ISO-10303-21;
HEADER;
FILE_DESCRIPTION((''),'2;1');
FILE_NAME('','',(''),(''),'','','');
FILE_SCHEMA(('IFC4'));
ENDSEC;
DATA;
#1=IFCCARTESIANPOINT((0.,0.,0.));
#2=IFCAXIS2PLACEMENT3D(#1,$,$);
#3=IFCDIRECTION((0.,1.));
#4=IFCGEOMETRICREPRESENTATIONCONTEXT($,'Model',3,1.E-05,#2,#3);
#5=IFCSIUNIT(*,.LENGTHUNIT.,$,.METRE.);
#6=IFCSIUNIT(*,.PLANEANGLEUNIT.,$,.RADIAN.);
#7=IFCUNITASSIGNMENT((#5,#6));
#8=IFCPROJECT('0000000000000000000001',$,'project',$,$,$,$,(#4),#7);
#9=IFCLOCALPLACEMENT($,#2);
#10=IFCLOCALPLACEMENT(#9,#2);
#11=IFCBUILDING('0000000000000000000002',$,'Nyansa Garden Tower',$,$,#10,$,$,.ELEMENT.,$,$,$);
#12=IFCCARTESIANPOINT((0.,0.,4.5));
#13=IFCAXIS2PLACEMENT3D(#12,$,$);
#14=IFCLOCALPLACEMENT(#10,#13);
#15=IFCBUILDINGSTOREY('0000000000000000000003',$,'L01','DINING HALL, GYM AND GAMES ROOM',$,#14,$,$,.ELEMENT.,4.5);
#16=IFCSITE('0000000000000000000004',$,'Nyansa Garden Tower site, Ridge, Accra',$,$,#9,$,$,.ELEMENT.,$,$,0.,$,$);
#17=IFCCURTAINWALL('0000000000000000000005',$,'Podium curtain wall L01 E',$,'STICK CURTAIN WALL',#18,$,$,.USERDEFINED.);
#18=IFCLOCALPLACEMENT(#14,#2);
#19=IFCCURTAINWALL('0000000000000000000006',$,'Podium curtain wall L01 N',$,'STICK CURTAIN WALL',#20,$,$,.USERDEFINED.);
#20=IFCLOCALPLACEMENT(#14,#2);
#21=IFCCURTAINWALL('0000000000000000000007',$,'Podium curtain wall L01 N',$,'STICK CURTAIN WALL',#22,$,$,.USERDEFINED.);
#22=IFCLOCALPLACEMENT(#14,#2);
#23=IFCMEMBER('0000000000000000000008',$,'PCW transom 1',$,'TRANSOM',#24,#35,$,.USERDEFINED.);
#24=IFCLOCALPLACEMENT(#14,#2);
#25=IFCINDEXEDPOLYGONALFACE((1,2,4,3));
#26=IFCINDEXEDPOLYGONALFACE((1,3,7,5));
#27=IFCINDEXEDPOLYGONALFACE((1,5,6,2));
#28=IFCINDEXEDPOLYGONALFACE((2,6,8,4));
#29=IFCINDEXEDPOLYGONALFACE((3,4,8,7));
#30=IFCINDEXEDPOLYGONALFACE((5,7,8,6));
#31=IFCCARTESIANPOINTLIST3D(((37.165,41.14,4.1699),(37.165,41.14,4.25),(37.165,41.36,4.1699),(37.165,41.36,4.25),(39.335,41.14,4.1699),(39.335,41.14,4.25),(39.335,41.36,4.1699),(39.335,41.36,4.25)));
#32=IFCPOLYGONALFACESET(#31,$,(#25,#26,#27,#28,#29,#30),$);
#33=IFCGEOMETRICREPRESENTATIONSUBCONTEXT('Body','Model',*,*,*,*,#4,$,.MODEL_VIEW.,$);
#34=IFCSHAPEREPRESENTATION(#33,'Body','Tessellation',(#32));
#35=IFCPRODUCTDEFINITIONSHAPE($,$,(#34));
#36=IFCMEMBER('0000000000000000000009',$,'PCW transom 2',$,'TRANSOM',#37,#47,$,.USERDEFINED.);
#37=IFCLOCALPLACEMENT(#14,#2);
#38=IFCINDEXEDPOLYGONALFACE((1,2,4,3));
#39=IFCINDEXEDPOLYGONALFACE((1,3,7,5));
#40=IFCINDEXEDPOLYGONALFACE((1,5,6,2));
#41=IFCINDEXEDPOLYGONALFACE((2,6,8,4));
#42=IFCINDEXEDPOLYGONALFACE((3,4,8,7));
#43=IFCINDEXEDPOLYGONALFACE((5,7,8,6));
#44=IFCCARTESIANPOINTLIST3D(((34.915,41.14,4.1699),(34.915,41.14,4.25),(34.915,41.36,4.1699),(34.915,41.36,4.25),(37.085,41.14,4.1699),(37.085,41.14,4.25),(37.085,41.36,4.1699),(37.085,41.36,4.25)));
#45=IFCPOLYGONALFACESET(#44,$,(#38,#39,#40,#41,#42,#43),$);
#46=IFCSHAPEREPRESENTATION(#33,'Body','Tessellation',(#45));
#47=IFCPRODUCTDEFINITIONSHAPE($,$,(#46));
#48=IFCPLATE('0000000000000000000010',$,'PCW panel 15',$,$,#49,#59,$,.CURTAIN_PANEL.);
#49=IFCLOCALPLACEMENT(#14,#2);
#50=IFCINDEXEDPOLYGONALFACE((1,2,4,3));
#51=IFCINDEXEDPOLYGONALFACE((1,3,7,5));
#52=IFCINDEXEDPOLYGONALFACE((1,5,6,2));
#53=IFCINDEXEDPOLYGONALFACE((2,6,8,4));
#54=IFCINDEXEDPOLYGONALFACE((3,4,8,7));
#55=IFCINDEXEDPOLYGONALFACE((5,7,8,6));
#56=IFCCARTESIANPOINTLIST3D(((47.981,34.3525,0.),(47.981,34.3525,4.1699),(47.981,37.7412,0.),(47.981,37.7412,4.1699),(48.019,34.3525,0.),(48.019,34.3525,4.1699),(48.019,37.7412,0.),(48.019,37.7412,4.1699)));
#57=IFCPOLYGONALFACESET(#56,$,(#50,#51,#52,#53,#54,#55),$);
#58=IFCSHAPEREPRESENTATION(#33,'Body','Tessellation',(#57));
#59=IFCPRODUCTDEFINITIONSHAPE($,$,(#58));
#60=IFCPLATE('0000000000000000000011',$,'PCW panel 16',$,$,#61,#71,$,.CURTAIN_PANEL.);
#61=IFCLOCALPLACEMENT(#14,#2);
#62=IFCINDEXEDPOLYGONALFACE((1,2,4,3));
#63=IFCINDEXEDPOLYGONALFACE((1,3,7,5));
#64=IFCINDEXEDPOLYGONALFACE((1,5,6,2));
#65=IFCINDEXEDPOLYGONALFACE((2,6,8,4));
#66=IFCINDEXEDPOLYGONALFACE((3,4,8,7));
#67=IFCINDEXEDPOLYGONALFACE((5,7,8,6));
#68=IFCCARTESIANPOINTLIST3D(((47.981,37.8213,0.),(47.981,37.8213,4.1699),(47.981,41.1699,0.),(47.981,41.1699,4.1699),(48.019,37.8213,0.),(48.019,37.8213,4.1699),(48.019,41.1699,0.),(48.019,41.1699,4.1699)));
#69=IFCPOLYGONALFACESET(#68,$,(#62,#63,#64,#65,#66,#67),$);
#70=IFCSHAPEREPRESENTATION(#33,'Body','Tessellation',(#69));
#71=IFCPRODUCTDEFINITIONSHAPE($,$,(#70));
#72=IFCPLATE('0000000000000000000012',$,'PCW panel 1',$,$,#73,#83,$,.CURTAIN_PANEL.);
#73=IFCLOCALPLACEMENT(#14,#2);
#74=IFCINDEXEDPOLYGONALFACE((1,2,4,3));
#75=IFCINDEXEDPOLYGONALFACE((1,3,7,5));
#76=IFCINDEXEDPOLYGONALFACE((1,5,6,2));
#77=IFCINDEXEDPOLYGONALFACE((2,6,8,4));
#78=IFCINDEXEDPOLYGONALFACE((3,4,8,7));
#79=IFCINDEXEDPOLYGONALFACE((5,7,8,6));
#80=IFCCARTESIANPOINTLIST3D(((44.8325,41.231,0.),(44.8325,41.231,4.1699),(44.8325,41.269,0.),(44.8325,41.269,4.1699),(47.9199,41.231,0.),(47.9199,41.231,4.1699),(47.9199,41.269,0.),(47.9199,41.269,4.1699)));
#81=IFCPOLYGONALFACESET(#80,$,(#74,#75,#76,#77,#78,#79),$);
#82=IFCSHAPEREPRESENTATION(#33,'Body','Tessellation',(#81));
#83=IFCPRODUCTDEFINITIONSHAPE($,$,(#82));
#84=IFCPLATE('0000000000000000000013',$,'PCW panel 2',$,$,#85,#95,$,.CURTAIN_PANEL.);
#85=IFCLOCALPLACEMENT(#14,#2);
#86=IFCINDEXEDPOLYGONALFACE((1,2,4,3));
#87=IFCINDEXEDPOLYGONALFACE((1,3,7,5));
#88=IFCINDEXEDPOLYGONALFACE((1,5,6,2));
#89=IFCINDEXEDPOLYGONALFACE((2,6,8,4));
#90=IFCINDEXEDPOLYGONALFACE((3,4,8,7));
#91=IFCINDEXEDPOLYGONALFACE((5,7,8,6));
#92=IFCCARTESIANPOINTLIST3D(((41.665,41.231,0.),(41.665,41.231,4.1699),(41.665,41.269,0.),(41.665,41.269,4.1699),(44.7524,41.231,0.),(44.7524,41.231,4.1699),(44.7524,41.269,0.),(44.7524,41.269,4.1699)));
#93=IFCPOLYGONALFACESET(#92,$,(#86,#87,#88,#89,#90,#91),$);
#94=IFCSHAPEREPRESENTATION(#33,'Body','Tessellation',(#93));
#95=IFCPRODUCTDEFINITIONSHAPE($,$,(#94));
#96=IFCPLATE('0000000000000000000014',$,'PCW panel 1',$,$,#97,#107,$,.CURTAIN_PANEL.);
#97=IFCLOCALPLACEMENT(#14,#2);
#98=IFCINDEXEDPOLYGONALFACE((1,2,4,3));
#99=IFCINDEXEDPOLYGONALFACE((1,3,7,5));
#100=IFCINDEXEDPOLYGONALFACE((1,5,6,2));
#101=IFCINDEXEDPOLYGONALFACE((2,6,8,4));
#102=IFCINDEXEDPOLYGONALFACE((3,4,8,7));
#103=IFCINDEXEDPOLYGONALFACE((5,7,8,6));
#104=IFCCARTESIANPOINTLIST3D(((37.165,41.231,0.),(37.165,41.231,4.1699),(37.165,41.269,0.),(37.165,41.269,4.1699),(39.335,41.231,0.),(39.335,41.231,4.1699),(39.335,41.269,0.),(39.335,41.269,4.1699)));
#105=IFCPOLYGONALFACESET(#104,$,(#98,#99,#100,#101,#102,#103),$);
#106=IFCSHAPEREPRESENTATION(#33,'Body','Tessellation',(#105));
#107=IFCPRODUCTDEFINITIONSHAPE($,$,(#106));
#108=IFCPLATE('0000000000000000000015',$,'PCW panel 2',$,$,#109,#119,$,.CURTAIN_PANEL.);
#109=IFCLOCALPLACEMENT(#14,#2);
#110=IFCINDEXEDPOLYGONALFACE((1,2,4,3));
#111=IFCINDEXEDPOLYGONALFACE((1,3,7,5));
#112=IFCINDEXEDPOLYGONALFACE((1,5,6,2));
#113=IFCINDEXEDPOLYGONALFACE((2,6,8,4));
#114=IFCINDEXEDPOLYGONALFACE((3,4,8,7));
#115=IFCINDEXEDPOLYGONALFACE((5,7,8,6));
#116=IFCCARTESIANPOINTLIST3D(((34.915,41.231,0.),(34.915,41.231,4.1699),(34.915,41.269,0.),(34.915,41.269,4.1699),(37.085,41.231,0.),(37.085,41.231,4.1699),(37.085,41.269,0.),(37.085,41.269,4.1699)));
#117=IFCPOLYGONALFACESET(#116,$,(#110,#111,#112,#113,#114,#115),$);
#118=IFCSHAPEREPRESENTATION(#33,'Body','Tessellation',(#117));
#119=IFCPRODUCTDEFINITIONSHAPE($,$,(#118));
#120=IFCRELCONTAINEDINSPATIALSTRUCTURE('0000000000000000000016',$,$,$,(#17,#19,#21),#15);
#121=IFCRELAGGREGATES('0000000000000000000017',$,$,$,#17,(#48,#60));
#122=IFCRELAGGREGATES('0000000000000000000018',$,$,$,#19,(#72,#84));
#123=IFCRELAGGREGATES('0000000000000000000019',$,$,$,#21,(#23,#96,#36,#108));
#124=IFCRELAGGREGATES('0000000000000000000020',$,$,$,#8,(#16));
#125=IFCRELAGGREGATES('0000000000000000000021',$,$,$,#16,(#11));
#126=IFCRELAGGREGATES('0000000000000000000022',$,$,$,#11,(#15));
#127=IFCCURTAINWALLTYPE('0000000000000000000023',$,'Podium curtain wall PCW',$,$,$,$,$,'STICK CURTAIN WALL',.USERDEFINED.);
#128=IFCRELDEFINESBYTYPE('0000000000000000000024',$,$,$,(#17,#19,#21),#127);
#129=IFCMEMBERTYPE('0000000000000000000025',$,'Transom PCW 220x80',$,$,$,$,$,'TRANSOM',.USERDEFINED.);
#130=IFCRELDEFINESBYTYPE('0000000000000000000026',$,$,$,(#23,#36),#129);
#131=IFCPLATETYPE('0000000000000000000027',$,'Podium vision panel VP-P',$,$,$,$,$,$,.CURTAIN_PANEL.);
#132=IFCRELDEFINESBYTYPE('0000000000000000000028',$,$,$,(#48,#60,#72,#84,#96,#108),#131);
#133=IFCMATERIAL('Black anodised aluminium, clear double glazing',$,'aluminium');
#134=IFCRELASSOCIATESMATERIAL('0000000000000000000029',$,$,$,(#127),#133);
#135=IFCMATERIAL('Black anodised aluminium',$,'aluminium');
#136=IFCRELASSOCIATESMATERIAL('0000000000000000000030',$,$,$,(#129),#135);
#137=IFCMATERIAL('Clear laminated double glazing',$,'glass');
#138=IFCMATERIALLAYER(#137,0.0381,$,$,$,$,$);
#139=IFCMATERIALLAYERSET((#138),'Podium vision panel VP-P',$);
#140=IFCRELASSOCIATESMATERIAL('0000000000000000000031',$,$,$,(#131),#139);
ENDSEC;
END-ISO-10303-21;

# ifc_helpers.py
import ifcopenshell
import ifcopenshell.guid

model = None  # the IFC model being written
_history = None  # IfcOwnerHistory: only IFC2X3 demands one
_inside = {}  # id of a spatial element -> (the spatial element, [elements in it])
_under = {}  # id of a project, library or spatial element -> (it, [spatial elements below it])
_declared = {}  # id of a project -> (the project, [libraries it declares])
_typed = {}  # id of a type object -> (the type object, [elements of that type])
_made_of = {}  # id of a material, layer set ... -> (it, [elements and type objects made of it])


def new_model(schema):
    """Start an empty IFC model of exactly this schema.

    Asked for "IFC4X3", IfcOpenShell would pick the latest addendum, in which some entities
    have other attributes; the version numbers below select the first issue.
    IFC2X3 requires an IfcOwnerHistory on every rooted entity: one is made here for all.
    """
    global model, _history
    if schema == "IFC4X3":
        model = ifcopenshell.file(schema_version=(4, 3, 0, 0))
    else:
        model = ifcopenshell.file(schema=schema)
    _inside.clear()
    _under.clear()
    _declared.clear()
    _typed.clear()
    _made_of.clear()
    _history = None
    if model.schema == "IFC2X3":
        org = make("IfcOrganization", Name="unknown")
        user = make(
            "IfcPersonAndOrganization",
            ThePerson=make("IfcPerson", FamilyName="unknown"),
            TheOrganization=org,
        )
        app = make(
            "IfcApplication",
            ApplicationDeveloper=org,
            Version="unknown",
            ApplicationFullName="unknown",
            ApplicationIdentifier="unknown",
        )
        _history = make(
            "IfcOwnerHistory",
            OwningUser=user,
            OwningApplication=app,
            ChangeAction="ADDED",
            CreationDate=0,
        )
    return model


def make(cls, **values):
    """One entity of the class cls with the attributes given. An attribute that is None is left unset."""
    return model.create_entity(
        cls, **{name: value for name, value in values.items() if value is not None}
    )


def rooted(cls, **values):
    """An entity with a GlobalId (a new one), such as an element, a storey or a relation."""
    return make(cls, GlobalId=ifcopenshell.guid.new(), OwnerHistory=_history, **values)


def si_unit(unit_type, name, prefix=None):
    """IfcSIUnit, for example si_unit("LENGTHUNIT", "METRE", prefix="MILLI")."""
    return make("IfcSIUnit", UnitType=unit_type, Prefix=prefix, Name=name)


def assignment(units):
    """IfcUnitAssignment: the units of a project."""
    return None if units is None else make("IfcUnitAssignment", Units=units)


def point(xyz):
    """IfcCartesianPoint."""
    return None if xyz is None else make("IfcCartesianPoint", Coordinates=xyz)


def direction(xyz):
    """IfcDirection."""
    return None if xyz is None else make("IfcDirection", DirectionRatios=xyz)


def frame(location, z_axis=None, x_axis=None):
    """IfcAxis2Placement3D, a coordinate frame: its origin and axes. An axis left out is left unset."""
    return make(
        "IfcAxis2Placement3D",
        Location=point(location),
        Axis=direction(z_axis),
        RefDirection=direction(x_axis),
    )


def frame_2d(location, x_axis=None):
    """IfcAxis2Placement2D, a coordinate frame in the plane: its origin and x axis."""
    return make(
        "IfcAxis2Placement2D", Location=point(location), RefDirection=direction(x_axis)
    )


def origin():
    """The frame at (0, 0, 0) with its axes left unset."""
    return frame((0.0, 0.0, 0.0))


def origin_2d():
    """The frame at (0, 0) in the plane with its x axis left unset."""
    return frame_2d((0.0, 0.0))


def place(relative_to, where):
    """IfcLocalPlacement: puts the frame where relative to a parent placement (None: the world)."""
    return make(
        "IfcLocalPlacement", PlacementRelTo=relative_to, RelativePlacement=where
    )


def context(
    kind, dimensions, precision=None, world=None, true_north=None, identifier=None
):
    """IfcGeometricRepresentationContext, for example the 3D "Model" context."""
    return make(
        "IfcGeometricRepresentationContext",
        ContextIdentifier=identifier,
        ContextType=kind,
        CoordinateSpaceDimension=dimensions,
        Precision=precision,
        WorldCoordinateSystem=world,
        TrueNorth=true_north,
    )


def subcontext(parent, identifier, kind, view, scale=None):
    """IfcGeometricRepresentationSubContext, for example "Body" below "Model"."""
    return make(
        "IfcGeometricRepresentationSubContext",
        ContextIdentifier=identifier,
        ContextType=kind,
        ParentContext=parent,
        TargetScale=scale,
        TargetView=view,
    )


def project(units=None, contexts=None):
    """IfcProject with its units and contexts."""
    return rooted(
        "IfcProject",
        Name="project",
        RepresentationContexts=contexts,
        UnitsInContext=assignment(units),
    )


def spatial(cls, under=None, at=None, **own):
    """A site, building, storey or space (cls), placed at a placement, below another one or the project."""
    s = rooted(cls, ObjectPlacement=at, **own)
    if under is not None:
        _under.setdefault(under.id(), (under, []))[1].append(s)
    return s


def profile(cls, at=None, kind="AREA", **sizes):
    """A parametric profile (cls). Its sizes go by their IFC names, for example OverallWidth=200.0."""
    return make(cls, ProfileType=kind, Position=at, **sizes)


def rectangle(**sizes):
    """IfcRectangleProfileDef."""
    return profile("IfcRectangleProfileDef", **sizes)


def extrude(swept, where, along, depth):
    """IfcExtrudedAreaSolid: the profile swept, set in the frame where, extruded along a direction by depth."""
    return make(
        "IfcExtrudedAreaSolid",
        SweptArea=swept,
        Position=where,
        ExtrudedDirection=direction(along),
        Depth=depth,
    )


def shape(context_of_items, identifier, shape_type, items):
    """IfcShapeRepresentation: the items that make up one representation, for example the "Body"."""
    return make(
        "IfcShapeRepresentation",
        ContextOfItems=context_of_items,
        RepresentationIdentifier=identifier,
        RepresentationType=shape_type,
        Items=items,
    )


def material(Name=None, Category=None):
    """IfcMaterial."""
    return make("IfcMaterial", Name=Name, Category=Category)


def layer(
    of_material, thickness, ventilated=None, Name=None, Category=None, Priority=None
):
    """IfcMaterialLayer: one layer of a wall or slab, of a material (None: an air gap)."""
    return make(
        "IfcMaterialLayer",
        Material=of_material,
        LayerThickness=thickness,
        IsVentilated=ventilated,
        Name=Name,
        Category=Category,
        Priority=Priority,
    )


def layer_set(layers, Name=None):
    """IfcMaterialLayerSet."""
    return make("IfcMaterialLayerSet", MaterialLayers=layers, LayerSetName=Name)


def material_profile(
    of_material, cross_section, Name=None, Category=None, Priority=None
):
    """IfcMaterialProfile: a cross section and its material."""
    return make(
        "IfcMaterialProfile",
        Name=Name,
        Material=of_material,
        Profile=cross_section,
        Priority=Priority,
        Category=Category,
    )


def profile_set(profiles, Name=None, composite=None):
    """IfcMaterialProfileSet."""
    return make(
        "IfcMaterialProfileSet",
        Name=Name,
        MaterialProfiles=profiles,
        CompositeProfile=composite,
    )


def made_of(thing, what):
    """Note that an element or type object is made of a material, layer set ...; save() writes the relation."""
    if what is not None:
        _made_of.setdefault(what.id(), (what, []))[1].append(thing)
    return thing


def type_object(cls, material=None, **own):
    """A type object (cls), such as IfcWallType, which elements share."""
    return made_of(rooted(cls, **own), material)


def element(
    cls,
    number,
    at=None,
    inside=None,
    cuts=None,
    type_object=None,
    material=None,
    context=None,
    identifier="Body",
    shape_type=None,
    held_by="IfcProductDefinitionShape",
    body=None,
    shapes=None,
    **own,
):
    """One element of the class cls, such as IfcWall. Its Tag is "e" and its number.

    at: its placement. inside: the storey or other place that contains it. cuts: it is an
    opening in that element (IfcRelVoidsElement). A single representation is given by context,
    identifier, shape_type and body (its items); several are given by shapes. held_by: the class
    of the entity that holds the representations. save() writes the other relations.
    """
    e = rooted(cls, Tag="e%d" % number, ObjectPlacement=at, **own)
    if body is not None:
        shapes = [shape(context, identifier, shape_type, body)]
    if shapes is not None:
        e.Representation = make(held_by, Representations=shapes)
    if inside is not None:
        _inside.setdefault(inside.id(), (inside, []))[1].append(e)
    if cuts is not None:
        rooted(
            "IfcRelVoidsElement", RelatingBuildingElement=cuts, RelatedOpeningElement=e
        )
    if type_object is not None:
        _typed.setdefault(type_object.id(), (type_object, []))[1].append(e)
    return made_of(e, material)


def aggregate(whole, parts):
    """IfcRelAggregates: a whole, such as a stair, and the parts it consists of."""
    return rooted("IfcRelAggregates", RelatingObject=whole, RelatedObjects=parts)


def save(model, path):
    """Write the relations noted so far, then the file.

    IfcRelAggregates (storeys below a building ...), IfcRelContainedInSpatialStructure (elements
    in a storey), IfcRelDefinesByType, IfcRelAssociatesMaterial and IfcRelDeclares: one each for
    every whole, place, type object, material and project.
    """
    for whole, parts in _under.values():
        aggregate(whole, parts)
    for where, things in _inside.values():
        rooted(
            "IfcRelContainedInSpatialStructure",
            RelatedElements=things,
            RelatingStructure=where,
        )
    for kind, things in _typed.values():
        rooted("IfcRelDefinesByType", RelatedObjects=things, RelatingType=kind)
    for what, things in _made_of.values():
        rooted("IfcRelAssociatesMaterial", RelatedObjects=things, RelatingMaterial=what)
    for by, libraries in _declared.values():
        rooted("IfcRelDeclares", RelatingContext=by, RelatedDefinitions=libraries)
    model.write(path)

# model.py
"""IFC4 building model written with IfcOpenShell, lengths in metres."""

from ifc_helpers import new_model, si_unit, direction, frame, origin, origin_2d, place, context, subcontext, project, spatial, rectangle, extrude, material, layer, layer_set, material_profile, profile_set, type_object, element, aggregate, save


model = new_model("IFC4")

# Units and contexts
model_context = context("Model", 3, precision=1e-05, world=origin(), true_north=direction((0.0, 1.0)))
body_context = subcontext(model_context, "Body", "Model", "MODEL_VIEW")
ifc_project = project(units=[si_unit("LENGTHUNIT", "METRE"), si_unit("PLANEANGLEUNIT", "RADIAN")], contexts=[model_context])

# Site, building, storey
site_placement = place(None, origin())
site = spatial("IfcSite", under=ifc_project, at=site_placement, Name="Nyansa Garden Tower site, Ridge, Accra", CompositionType="ELEMENT", RefElevation=0.0)
building_placement = place(site_placement, origin())
building = spatial("IfcBuilding", under=site, at=building_placement, Name="Nyansa Garden Tower", CompositionType="ELEMENT")
storey_placement = place(building_placement, frame((0.0, 0.0, 4.5)))
storey = spatial("IfcBuildingStorey", under=building, at=storey_placement, Name="L01", Description="DINING HALL, GYM AND GAMES ROOM", CompositionType="ELEMENT", Elevation=4.5)

# Curtain walls
ifc_material_1 = material(Name="Black anodised aluminium, clear double glazing", Category="aluminium")
curtain_wall_type = type_object("IfcCurtainWallType", Name="Podium curtain wall PCW", ElementType="STICK CURTAIN WALL", PredefinedType="USERDEFINED", material=ifc_material_1)
curtain_wall_1_placement = place(storey_placement, origin())
curtain_wall_1 = element("IfcCurtainWall", 1, at=curtain_wall_1_placement, inside=storey, type_object=curtain_wall_type, Name="Podium curtain wall L01 E", ObjectType="STICK CURTAIN WALL", PredefinedType="USERDEFINED")
curtain_wall_2_placement = place(storey_placement, origin())
curtain_wall_2 = element("IfcCurtainWall", 2, at=curtain_wall_2_placement, inside=storey, type_object=curtain_wall_type, Name="Podium curtain wall L01 N", ObjectType="STICK CURTAIN WALL", PredefinedType="USERDEFINED")
curtain_wall_3_placement = place(storey_placement, origin())
curtain_wall_3 = element("IfcCurtainWall", 3, at=curtain_wall_3_placement, inside=storey, type_object=curtain_wall_type, Name="Podium curtain wall L01 N", ObjectType="STICK CURTAIN WALL", PredefinedType="USERDEFINED")

# Members
ifc_material_2 = material(Name="Black anodised aluminium", Category="aluminium")
ifc_material_profile_1 = material_profile(ifc_material_2, rectangle(XDim=0.22, YDim=0.0801, at=origin_2d()), Name="Transom 220x80")
ifc_profile_set_1 = profile_set([ifc_material_profile_1], Name="Black anodised aluminium")
member_type_1 = type_object("IfcMemberType", Name="Transom PCW 220x80", ElementType="TRANSOM", PredefinedType="USERDEFINED", material=ifc_profile_set_1)
member_1_placement = place(storey_placement, frame((39.335, 41.25, 4.21), z_axis=(-1.0, 0.0, 0.0), x_axis=(0.0, -1.0, 0.0)))
member_1 = element("IfcMember", 4, at=member_1_placement, type_object=member_type_1, Name="PCW transom 1", ObjectType="TRANSOM", PredefinedType="USERDEFINED", context=body_context, shape_type="SweptSolid", body=[
    extrude(rectangle(XDim=0.22, YDim=0.0801, at=origin_2d()), origin(), (0.0, 0.0, 1.0), 2.1699),
])
member_2_placement = place(storey_placement, frame((37.085, 41.25, 4.21), z_axis=(-1.0, 0.0, 0.0), x_axis=(0.0, -1.0, 0.0)))
member_2 = element("IfcMember", 5, at=member_2_placement, type_object=member_type_1, Name="PCW transom 2", ObjectType="TRANSOM", PredefinedType="USERDEFINED", context=body_context, shape_type="SweptSolid", body=[
    extrude(rectangle(XDim=0.22, YDim=0.0801, at=origin_2d()), origin(), (0.0, 0.0, 1.0), 2.1699),
])

# Plates
ifc_material_3 = material(Name="Clear laminated double glazing", Category="glass")
ifc_layer = layer(ifc_material_3, 0.0381)
ifc_layer_set = layer_set([ifc_layer], Name="Podium vision panel VP-P")
plate_type = type_object("IfcPlateType", Name="Podium vision panel VP-P", PredefinedType="CURTAIN_PANEL", material=ifc_layer_set)
plate_1_placement = place(storey_placement, frame((48.0, 36.0469, 0.0), z_axis=(0.0, 0.0, 1.0), x_axis=(0.0, 1.0, 0.0)))
plate_1 = element("IfcPlate", 6, at=plate_1_placement, type_object=plate_type, Name="PCW panel 15", PredefinedType="CURTAIN_PANEL", context=body_context, shape_type="SweptSolid", body=[
    extrude(rectangle(XDim=3.3887, YDim=0.0381, at=origin_2d()), origin(), (0.0, 0.0, 1.0), 4.1699),
])
plate_2_placement = place(storey_placement, frame((48.0, 39.4956, 0.0), z_axis=(0.0, 0.0, 1.0), x_axis=(0.0, 1.0, 0.0)))
plate_2 = element("IfcPlate", 7, at=plate_2_placement, type_object=plate_type, Name="PCW panel 16", PredefinedType="CURTAIN_PANEL", context=body_context, shape_type="SweptSolid", body=[
    extrude(rectangle(XDim=3.3486, YDim=0.0381, at=origin_2d()), origin(), (0.0, 0.0, 1.0), 4.1699),
])
aggregate(curtain_wall_1, [plate_1, plate_2])
plate_3_placement = place(storey_placement, frame((46.3762, 41.25, 0.0), z_axis=(0.0, 0.0, 1.0), x_axis=(-1.0, 0.0, 0.0)))
plate_3 = element("IfcPlate", 8, at=plate_3_placement, type_object=plate_type, Name="PCW panel 1", PredefinedType="CURTAIN_PANEL", context=body_context, shape_type="SweptSolid", body=[
    extrude(rectangle(XDim=3.0874, YDim=0.0381, at=origin_2d()), origin(), (0.0, 0.0, 1.0), 4.1699),
])
plate_4_placement = place(storey_placement, frame((43.2087, 41.25, 0.0), z_axis=(0.0, 0.0, 1.0), x_axis=(-1.0, 0.0, 0.0)))
plate_4 = element("IfcPlate", 9, at=plate_4_placement, type_object=plate_type, Name="PCW panel 2", PredefinedType="CURTAIN_PANEL", context=body_context, shape_type="SweptSolid", body=[
    extrude(rectangle(XDim=3.0874, YDim=0.0381, at=origin_2d()), origin(), (0.0, 0.0, 1.0), 4.1699),
])
aggregate(curtain_wall_2, [plate_3, plate_4])
plate_5_placement = place(storey_placement, frame((38.25, 41.25, 0.0), z_axis=(0.0, 0.0, 1.0), x_axis=(-1.0, 0.0, 0.0)))
plate_5 = element("IfcPlate", 10, at=plate_5_placement, type_object=plate_type, Name="PCW panel 1", PredefinedType="CURTAIN_PANEL", context=body_context, shape_type="SweptSolid", body=[
    extrude(rectangle(XDim=2.1699, YDim=0.0381, at=origin_2d()), origin(), (0.0, 0.0, 1.0), 4.1699),
])
plate_6_placement = place(storey_placement, frame((36.0, 41.25, 0.0), z_axis=(0.0, 0.0, 1.0), x_axis=(-1.0, 0.0, 0.0)))
plate_6 = element("IfcPlate", 11, at=plate_6_placement, type_object=plate_type, Name="PCW panel 2", PredefinedType="CURTAIN_PANEL", context=body_context, shape_type="SweptSolid", body=[
    extrude(rectangle(XDim=2.1699, YDim=0.0381, at=origin_2d()), origin(), (0.0, 0.0, 1.0), 4.1699),
])
aggregate(curtain_wall_3, [member_1, plate_5, member_2, plate_6])

save(model, "model.ifc")
